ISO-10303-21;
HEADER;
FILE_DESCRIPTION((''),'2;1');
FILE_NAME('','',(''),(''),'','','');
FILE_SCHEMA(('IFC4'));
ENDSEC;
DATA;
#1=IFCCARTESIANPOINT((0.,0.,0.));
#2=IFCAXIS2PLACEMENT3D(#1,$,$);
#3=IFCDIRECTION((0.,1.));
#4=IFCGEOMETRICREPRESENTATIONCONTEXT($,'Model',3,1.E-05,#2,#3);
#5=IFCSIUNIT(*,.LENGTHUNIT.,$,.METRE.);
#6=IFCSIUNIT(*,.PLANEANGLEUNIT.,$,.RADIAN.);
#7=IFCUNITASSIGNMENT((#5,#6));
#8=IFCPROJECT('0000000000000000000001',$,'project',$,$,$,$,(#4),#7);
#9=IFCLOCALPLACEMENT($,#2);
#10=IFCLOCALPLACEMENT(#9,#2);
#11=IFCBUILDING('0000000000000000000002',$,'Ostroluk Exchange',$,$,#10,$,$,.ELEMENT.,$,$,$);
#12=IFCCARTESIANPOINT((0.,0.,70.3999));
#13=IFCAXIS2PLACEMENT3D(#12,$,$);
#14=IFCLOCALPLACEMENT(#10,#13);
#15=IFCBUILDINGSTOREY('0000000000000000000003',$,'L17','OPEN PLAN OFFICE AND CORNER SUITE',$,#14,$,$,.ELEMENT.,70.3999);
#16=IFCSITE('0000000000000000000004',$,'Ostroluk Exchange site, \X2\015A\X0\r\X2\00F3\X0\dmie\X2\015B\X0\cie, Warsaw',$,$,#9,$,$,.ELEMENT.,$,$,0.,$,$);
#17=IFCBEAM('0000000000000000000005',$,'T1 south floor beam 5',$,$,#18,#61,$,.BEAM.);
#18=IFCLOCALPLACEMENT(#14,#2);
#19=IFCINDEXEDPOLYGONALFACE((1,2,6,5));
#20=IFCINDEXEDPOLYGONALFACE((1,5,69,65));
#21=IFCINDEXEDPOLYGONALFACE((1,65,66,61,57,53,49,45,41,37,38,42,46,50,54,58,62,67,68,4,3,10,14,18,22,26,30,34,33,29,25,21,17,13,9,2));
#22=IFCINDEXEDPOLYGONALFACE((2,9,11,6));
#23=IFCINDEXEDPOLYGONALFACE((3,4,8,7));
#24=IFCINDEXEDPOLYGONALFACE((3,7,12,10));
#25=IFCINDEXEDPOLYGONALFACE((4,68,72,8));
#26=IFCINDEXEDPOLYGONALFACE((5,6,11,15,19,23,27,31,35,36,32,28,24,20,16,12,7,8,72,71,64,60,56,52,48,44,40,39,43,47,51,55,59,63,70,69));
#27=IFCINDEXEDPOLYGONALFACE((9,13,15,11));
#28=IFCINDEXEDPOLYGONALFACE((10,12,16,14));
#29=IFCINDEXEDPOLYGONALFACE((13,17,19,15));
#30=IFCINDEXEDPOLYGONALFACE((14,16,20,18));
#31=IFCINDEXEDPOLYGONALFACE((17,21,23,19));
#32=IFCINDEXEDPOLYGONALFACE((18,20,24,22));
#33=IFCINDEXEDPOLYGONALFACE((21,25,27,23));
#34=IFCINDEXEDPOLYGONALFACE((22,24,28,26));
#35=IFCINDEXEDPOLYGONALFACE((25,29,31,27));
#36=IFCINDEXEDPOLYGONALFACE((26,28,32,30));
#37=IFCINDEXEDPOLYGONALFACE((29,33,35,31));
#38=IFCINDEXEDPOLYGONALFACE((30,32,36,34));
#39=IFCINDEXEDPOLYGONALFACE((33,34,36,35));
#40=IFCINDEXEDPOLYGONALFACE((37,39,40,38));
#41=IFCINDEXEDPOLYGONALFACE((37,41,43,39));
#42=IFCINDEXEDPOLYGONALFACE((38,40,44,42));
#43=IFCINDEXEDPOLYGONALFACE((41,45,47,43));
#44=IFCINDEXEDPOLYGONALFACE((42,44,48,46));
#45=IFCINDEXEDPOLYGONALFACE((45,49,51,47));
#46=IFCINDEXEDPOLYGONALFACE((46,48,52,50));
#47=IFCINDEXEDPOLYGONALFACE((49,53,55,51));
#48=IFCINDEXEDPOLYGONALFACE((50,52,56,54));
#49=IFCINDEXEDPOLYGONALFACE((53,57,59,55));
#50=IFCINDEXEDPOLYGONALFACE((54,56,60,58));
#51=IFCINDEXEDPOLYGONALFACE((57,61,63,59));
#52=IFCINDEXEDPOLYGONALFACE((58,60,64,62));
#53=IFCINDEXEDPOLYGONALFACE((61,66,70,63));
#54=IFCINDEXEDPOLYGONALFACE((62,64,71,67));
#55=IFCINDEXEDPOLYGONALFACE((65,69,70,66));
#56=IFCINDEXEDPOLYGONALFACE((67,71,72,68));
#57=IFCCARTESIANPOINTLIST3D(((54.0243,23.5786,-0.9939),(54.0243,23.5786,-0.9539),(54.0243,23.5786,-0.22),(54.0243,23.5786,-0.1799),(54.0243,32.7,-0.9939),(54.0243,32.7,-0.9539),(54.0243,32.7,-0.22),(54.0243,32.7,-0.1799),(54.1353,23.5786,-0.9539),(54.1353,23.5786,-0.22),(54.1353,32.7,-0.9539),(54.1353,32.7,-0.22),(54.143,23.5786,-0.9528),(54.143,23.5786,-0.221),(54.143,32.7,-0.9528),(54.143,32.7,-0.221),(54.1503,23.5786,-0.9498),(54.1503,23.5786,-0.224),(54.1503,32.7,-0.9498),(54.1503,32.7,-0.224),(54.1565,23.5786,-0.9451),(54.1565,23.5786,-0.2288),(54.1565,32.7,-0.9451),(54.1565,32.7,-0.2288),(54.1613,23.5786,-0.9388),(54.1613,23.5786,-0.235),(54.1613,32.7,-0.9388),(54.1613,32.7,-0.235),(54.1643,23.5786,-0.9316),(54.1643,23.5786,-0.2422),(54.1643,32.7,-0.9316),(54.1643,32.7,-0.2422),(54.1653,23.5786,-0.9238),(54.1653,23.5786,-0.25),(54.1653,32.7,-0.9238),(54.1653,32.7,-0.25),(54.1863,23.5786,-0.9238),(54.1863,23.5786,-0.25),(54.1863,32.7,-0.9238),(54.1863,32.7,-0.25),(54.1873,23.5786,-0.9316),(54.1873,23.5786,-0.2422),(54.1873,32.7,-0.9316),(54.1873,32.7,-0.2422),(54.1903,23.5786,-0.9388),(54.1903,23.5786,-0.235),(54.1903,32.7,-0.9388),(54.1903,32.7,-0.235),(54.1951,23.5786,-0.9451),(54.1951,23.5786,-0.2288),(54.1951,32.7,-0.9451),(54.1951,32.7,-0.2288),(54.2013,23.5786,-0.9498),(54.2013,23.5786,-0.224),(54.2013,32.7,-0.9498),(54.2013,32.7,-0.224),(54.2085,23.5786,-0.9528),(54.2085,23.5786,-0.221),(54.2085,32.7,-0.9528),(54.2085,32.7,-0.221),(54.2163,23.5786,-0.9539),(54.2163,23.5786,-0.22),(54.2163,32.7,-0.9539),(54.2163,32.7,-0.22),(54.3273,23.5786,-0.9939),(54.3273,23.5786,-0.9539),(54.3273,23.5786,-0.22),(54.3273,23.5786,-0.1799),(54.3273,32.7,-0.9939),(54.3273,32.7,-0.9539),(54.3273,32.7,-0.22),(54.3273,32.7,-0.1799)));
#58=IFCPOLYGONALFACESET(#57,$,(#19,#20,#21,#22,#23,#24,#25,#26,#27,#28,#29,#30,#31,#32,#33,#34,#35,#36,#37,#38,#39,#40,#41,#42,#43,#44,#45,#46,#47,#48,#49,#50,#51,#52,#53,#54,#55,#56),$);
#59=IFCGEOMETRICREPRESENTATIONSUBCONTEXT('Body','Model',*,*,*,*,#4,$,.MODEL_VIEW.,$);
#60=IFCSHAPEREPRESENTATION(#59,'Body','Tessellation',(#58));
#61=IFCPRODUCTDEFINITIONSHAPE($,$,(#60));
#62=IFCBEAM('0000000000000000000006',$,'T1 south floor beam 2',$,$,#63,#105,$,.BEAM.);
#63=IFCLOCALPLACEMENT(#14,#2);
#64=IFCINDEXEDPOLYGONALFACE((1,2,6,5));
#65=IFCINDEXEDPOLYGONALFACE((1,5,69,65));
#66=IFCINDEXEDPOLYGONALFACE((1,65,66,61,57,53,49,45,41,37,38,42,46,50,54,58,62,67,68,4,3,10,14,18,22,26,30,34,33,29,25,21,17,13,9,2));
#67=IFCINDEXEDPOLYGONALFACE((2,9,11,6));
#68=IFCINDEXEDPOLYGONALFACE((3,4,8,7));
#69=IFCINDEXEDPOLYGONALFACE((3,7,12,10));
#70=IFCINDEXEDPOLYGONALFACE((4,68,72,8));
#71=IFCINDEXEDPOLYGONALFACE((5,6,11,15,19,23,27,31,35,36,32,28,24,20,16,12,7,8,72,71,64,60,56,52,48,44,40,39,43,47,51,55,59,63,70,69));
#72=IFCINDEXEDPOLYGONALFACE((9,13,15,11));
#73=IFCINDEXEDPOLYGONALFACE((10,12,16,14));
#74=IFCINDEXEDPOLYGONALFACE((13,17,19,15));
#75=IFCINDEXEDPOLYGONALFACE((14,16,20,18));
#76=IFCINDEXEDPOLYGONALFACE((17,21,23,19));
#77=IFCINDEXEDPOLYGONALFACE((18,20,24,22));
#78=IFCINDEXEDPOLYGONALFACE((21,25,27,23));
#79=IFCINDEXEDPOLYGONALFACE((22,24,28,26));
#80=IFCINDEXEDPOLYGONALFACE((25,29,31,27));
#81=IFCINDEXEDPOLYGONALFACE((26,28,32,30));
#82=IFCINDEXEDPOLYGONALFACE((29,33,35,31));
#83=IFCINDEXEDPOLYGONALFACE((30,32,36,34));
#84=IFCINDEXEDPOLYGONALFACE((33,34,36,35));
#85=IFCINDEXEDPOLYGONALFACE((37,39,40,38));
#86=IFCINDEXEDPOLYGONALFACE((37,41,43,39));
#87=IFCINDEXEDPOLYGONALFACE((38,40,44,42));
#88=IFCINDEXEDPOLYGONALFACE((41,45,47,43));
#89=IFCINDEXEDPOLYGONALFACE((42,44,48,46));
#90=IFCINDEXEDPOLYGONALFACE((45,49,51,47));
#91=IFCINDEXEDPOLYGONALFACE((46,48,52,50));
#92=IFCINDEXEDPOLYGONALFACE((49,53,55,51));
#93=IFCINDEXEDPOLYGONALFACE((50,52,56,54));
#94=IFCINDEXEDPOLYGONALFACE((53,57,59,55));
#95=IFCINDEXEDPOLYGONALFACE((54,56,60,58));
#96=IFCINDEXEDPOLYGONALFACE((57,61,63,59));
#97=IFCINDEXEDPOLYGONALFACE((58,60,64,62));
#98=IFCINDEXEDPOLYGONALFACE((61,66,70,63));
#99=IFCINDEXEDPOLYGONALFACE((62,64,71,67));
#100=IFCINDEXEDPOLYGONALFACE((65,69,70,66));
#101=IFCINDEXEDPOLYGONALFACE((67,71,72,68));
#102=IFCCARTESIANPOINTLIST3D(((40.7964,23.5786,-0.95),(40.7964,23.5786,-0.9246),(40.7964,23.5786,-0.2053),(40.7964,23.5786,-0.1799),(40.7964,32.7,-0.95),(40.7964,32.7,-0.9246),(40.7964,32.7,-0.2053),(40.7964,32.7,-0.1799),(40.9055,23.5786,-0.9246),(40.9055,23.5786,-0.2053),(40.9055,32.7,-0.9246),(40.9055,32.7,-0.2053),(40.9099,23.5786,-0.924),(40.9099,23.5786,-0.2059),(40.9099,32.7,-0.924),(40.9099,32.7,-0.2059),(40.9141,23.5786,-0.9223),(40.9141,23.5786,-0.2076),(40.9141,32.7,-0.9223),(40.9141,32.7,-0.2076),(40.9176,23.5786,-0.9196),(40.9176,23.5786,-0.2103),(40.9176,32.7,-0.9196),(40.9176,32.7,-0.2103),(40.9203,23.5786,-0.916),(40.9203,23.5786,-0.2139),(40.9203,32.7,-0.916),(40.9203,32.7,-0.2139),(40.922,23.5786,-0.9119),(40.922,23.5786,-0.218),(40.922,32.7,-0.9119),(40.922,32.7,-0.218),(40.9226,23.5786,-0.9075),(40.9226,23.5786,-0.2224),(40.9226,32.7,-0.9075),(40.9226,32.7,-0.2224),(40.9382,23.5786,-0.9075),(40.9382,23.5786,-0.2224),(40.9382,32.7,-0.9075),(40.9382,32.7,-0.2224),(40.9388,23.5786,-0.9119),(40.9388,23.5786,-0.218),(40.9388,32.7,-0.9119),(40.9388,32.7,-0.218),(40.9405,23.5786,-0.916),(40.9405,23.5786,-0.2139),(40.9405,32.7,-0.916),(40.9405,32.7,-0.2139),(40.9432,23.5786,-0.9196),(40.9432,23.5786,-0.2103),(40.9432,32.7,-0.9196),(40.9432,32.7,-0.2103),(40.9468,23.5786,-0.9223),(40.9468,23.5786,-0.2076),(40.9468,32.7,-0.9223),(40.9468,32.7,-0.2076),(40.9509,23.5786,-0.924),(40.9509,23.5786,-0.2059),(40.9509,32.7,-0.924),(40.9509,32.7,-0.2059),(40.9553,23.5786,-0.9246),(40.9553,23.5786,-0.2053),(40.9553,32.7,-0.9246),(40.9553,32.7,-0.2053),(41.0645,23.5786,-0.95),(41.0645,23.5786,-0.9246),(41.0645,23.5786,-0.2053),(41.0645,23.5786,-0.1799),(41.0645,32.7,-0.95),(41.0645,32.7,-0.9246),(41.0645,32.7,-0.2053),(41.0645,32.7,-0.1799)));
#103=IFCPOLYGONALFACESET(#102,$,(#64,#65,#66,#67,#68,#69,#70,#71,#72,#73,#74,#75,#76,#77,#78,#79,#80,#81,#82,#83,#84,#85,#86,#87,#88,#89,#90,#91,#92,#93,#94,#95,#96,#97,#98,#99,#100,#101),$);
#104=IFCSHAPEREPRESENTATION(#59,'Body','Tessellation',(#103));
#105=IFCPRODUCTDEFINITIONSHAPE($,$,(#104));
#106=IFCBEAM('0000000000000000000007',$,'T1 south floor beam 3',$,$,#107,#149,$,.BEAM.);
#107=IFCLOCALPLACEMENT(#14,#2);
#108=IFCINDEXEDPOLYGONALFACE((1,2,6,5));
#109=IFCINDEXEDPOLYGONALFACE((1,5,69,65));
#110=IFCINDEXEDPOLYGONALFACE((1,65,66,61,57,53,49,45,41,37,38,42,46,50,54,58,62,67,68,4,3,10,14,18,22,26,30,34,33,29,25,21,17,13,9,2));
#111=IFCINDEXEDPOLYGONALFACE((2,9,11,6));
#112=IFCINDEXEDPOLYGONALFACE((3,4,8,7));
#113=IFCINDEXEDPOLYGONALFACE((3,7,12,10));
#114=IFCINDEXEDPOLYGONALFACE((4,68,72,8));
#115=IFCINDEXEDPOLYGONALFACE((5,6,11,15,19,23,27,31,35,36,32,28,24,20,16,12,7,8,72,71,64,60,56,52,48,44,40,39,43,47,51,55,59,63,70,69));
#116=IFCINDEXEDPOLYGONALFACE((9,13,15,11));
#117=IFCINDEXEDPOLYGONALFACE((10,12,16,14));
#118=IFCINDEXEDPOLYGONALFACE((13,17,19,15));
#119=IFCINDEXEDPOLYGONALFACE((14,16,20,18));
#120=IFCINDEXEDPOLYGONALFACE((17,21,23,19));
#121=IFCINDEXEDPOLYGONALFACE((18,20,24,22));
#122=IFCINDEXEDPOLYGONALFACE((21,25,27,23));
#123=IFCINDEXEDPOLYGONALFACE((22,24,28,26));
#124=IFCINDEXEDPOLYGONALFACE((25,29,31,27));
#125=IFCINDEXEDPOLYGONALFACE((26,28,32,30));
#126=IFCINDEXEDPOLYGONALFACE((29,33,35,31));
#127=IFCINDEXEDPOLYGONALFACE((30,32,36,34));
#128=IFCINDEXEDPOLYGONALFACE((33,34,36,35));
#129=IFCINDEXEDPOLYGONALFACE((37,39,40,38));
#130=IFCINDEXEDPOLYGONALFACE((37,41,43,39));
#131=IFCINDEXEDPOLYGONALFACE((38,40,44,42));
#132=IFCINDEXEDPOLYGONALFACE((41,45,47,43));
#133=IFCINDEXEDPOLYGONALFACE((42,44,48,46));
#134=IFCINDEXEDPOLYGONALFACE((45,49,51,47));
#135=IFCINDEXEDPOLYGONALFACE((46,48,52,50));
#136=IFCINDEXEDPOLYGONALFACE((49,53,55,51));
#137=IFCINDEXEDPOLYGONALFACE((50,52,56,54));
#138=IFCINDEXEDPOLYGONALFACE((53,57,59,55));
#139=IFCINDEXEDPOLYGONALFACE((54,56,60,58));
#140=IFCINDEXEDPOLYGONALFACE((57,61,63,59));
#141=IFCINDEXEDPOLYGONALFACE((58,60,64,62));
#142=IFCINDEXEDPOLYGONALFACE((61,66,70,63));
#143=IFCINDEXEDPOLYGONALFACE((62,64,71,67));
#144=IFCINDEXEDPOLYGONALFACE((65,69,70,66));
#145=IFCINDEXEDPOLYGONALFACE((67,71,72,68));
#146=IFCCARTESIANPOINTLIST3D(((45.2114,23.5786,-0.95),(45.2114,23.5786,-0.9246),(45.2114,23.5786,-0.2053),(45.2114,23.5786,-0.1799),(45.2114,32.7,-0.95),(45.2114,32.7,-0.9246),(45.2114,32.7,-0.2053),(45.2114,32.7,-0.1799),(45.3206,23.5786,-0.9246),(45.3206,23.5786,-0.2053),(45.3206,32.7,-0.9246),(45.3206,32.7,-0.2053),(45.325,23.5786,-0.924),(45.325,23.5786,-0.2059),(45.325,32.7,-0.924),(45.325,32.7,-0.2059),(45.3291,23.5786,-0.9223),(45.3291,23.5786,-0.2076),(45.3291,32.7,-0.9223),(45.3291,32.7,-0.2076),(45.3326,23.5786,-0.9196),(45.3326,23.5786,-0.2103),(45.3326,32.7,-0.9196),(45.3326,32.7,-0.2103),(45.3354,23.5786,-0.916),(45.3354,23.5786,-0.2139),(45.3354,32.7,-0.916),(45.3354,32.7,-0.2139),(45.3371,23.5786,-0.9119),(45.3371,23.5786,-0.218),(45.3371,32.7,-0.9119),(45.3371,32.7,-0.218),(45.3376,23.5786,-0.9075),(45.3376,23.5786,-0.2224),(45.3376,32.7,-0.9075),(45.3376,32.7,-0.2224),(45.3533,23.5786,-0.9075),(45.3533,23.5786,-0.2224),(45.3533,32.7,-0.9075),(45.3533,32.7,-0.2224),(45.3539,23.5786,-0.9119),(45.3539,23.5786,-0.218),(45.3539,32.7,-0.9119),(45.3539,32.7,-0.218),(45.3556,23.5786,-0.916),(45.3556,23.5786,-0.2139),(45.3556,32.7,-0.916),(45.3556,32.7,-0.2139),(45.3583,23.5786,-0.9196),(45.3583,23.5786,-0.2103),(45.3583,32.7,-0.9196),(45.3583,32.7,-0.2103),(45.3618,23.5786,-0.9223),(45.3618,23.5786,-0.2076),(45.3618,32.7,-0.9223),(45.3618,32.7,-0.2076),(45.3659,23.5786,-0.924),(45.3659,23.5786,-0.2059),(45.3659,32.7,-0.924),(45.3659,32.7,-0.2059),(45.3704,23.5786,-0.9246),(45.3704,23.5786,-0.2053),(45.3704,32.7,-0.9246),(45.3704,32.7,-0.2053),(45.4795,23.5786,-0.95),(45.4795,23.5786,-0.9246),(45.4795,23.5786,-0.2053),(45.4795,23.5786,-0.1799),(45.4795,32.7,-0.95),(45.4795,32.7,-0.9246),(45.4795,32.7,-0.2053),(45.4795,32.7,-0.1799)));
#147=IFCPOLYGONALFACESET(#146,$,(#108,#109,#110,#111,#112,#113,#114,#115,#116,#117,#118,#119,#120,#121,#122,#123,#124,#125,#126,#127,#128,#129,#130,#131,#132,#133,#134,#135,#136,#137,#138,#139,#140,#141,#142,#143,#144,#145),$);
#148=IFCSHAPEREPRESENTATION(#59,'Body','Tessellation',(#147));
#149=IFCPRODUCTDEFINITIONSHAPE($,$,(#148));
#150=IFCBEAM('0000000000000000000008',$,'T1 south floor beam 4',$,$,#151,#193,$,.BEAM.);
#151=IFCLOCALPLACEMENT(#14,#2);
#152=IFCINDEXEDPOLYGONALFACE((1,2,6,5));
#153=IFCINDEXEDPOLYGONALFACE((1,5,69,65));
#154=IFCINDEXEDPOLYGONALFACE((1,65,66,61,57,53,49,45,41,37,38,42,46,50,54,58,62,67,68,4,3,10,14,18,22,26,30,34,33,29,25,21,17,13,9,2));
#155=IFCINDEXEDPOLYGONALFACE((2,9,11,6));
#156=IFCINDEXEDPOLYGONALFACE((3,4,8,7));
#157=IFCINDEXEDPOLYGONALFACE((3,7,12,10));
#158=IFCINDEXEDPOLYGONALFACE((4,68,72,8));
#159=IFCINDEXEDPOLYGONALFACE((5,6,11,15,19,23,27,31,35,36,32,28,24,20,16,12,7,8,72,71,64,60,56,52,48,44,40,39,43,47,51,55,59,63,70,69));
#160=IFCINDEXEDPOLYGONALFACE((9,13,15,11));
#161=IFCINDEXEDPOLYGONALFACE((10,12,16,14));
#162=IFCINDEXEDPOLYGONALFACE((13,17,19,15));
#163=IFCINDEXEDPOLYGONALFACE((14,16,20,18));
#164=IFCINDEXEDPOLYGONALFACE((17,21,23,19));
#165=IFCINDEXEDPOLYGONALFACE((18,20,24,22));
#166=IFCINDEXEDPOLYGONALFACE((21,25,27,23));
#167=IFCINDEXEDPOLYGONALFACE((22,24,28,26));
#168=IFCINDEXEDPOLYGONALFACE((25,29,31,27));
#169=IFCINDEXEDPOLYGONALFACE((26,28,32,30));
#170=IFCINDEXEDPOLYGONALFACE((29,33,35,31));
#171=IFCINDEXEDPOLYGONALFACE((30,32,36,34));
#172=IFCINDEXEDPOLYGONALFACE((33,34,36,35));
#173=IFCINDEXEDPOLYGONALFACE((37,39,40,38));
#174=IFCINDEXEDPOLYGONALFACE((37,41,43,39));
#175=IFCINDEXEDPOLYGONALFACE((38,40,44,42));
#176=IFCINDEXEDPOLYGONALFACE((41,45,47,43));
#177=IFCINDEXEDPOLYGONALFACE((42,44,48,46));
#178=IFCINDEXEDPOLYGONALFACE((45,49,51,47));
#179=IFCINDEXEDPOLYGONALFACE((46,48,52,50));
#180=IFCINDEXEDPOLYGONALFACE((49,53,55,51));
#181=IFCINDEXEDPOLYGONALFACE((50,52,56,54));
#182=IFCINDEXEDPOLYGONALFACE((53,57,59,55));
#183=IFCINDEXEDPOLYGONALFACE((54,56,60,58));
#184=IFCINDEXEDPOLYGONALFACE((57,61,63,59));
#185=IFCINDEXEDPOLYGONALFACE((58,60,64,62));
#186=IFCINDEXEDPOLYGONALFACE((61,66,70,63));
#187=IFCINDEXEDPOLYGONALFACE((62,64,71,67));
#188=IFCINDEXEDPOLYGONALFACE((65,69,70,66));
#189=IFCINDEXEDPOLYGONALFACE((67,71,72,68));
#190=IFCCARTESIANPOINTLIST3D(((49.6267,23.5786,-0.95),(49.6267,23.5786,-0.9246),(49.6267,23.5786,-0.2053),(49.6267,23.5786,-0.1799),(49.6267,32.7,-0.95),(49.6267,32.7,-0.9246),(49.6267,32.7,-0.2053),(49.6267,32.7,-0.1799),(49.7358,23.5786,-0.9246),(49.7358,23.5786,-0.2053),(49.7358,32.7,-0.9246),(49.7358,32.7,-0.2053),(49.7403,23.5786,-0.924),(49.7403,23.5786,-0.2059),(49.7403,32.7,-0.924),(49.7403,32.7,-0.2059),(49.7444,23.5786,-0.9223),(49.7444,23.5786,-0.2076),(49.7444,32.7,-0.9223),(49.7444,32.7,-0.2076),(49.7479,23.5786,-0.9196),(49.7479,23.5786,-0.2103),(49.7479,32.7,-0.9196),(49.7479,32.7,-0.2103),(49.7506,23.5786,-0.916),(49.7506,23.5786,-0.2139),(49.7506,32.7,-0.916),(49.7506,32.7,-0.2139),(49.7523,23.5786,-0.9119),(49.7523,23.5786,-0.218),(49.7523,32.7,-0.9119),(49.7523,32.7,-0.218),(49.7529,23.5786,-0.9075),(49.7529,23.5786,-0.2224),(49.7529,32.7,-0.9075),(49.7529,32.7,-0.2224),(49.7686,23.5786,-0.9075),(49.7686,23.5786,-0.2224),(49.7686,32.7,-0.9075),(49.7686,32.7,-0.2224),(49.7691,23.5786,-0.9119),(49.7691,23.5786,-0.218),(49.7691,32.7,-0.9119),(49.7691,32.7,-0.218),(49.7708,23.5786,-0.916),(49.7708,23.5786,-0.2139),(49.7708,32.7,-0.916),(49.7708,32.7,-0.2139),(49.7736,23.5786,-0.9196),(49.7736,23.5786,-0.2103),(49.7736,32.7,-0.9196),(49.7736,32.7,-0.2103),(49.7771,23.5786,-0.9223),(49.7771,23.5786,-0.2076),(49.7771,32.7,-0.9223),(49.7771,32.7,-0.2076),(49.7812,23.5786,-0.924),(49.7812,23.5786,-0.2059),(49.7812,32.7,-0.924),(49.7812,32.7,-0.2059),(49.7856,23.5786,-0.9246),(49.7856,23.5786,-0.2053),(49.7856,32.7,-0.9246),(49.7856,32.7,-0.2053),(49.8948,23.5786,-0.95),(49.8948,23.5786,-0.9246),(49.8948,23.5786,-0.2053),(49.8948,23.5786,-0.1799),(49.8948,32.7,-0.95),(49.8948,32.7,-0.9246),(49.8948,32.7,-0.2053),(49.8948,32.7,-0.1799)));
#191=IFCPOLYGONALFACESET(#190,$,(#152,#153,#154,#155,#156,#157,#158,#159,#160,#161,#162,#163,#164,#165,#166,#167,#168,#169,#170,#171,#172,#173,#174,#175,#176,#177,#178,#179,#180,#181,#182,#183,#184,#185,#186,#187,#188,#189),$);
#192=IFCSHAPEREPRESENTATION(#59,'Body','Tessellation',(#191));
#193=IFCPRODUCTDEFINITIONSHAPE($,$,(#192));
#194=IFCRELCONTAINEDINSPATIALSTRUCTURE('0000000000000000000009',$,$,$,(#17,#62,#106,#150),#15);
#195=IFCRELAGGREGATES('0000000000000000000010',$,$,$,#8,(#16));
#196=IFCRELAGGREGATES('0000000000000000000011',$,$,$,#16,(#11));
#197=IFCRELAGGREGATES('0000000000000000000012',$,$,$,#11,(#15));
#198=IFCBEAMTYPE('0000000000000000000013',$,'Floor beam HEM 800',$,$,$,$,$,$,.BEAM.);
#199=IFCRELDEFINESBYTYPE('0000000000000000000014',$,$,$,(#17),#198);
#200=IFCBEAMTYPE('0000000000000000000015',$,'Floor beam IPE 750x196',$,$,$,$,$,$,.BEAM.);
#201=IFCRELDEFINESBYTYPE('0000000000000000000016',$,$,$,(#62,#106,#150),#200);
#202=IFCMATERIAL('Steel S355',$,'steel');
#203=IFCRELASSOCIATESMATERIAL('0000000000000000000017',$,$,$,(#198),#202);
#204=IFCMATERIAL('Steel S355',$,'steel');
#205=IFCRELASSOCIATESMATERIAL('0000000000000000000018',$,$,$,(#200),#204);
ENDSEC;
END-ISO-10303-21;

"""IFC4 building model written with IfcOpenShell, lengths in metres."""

from ifc_helpers import new_model, si_unit, direction, frame, origin, origin_2d, place, context, subcontext, project, spatial, i_section, extrude, material, material_profile, profile_set, type_object, element, save


model = new_model("IFC4")

# Units and contexts
model_context = context("Model", 3, precision=1e-05, world=origin(), true_north=direction((0.0, 1.0)))
body_context = subcontext(model_context, "Body", "Model", "MODEL_VIEW")
ifc_project = project(units=[si_unit("LENGTHUNIT", "METRE"), si_unit("PLANEANGLEUNIT", "RADIAN")], contexts=[model_context])

# Site, building, storey
site_placement = place(None, origin())
site = spatial("IfcSite", under=ifc_project, at=site_placement, Name="Ostroluk Exchange site, Śródmieście, Warsaw", CompositionType="ELEMENT", RefElevation=0.0)
building_placement = place(site_placement, origin())
building = spatial("IfcBuilding", under=site, at=building_placement, Name="Ostroluk Exchange", CompositionType="ELEMENT")
storey_placement = place(building_placement, frame((0.0, 0.0, 70.3999)))
storey = spatial("IfcBuildingStorey", under=building, at=storey_placement, Name="L17", Description="OPEN PLAN OFFICE AND CORNER SUITE", CompositionType="ELEMENT", Elevation=70.3999)

# Beams
ifc_material_1 = material(Name="Steel S355", Category="steel")
ifc_material_profile_1 = material_profile(ifc_material_1, i_section(OverallWidth=0.303, OverallDepth=0.814, WebThickness=0.021, FlangeThickness=0.04, FilletRadius=0.03, at=origin_2d()), Name="HEM 800")
ifc_profile_set_1 = profile_set([ifc_material_profile_1], Name="Steel S355")
beam_type_1 = type_object("IfcBeamType", Name="Floor beam HEM 800", PredefinedType="BEAM", material=ifc_profile_set_1)
beam_placement = place(storey_placement, frame((54.1758, 32.7, -0.5869), z_axis=(0.0, -1.0, 0.0), x_axis=(1.0, 0.0, 0.0)))
element("IfcBeam", 1, at=beam_placement, inside=storey, type_object=beam_type_1, Name="T1 south floor beam 5", PredefinedType="BEAM", context=body_context, shape_type="SweptSolid", body=[
    extrude(i_section(OverallWidth=0.303, OverallDepth=0.814, WebThickness=0.021, FlangeThickness=0.04, FilletRadius=0.03, at=origin_2d()), origin(), (0.0, 0.0, 1.0), 9.1213),
])
ifc_material_2 = material(Name="Steel S355", Category="steel")
ifc_material_profile_2 = material_profile(ifc_material_2, i_section(OverallWidth=0.2681, OverallDepth=0.77, WebThickness=0.0156, FlangeThickness=0.0254, FilletRadius=0.0171, at=origin_2d()), Name="IPE 750x196")
ifc_profile_set_2 = profile_set([ifc_material_profile_2], Name="Steel S355")
beam_type_2 = type_object("IfcBeamType", Name="Floor beam IPE 750x196", PredefinedType="BEAM", material=ifc_profile_set_2)
for number, where, z_axis, x_axis, name in (
    (2, (40.9304, 32.7, -0.5649), (0.0, -1.0, 0.0), (1.0, 0.0, 0.0), "T1 south floor beam 2"),
    (3, (45.3455, 32.7, -0.5649), (0.0, -1.0, 0.0), (1.0, 0.0, 0.0), "T1 south floor beam 3"),
    (4, (49.7607, 32.7, -0.5649), (0.0, -1.0, 0.0), (1.0, 0.0, 0.0), "T1 south floor beam 4"),
):
    element("IfcBeam", number, at=place(storey_placement, frame(where, z_axis=z_axis, x_axis=x_axis)), inside=storey, type_object=beam_type_2, Name=name, PredefinedType="BEAM", context=body_context, shape_type="SweptSolid", body=[
        extrude(i_section(OverallWidth=0.2681, OverallDepth=0.77, WebThickness=0.0156, FlangeThickness=0.0254, FilletRadius=0.0171, at=origin_2d()), origin(), (0.0, 0.0, 1.0), 9.1213),
    ])

save(model, "model.ifc")
